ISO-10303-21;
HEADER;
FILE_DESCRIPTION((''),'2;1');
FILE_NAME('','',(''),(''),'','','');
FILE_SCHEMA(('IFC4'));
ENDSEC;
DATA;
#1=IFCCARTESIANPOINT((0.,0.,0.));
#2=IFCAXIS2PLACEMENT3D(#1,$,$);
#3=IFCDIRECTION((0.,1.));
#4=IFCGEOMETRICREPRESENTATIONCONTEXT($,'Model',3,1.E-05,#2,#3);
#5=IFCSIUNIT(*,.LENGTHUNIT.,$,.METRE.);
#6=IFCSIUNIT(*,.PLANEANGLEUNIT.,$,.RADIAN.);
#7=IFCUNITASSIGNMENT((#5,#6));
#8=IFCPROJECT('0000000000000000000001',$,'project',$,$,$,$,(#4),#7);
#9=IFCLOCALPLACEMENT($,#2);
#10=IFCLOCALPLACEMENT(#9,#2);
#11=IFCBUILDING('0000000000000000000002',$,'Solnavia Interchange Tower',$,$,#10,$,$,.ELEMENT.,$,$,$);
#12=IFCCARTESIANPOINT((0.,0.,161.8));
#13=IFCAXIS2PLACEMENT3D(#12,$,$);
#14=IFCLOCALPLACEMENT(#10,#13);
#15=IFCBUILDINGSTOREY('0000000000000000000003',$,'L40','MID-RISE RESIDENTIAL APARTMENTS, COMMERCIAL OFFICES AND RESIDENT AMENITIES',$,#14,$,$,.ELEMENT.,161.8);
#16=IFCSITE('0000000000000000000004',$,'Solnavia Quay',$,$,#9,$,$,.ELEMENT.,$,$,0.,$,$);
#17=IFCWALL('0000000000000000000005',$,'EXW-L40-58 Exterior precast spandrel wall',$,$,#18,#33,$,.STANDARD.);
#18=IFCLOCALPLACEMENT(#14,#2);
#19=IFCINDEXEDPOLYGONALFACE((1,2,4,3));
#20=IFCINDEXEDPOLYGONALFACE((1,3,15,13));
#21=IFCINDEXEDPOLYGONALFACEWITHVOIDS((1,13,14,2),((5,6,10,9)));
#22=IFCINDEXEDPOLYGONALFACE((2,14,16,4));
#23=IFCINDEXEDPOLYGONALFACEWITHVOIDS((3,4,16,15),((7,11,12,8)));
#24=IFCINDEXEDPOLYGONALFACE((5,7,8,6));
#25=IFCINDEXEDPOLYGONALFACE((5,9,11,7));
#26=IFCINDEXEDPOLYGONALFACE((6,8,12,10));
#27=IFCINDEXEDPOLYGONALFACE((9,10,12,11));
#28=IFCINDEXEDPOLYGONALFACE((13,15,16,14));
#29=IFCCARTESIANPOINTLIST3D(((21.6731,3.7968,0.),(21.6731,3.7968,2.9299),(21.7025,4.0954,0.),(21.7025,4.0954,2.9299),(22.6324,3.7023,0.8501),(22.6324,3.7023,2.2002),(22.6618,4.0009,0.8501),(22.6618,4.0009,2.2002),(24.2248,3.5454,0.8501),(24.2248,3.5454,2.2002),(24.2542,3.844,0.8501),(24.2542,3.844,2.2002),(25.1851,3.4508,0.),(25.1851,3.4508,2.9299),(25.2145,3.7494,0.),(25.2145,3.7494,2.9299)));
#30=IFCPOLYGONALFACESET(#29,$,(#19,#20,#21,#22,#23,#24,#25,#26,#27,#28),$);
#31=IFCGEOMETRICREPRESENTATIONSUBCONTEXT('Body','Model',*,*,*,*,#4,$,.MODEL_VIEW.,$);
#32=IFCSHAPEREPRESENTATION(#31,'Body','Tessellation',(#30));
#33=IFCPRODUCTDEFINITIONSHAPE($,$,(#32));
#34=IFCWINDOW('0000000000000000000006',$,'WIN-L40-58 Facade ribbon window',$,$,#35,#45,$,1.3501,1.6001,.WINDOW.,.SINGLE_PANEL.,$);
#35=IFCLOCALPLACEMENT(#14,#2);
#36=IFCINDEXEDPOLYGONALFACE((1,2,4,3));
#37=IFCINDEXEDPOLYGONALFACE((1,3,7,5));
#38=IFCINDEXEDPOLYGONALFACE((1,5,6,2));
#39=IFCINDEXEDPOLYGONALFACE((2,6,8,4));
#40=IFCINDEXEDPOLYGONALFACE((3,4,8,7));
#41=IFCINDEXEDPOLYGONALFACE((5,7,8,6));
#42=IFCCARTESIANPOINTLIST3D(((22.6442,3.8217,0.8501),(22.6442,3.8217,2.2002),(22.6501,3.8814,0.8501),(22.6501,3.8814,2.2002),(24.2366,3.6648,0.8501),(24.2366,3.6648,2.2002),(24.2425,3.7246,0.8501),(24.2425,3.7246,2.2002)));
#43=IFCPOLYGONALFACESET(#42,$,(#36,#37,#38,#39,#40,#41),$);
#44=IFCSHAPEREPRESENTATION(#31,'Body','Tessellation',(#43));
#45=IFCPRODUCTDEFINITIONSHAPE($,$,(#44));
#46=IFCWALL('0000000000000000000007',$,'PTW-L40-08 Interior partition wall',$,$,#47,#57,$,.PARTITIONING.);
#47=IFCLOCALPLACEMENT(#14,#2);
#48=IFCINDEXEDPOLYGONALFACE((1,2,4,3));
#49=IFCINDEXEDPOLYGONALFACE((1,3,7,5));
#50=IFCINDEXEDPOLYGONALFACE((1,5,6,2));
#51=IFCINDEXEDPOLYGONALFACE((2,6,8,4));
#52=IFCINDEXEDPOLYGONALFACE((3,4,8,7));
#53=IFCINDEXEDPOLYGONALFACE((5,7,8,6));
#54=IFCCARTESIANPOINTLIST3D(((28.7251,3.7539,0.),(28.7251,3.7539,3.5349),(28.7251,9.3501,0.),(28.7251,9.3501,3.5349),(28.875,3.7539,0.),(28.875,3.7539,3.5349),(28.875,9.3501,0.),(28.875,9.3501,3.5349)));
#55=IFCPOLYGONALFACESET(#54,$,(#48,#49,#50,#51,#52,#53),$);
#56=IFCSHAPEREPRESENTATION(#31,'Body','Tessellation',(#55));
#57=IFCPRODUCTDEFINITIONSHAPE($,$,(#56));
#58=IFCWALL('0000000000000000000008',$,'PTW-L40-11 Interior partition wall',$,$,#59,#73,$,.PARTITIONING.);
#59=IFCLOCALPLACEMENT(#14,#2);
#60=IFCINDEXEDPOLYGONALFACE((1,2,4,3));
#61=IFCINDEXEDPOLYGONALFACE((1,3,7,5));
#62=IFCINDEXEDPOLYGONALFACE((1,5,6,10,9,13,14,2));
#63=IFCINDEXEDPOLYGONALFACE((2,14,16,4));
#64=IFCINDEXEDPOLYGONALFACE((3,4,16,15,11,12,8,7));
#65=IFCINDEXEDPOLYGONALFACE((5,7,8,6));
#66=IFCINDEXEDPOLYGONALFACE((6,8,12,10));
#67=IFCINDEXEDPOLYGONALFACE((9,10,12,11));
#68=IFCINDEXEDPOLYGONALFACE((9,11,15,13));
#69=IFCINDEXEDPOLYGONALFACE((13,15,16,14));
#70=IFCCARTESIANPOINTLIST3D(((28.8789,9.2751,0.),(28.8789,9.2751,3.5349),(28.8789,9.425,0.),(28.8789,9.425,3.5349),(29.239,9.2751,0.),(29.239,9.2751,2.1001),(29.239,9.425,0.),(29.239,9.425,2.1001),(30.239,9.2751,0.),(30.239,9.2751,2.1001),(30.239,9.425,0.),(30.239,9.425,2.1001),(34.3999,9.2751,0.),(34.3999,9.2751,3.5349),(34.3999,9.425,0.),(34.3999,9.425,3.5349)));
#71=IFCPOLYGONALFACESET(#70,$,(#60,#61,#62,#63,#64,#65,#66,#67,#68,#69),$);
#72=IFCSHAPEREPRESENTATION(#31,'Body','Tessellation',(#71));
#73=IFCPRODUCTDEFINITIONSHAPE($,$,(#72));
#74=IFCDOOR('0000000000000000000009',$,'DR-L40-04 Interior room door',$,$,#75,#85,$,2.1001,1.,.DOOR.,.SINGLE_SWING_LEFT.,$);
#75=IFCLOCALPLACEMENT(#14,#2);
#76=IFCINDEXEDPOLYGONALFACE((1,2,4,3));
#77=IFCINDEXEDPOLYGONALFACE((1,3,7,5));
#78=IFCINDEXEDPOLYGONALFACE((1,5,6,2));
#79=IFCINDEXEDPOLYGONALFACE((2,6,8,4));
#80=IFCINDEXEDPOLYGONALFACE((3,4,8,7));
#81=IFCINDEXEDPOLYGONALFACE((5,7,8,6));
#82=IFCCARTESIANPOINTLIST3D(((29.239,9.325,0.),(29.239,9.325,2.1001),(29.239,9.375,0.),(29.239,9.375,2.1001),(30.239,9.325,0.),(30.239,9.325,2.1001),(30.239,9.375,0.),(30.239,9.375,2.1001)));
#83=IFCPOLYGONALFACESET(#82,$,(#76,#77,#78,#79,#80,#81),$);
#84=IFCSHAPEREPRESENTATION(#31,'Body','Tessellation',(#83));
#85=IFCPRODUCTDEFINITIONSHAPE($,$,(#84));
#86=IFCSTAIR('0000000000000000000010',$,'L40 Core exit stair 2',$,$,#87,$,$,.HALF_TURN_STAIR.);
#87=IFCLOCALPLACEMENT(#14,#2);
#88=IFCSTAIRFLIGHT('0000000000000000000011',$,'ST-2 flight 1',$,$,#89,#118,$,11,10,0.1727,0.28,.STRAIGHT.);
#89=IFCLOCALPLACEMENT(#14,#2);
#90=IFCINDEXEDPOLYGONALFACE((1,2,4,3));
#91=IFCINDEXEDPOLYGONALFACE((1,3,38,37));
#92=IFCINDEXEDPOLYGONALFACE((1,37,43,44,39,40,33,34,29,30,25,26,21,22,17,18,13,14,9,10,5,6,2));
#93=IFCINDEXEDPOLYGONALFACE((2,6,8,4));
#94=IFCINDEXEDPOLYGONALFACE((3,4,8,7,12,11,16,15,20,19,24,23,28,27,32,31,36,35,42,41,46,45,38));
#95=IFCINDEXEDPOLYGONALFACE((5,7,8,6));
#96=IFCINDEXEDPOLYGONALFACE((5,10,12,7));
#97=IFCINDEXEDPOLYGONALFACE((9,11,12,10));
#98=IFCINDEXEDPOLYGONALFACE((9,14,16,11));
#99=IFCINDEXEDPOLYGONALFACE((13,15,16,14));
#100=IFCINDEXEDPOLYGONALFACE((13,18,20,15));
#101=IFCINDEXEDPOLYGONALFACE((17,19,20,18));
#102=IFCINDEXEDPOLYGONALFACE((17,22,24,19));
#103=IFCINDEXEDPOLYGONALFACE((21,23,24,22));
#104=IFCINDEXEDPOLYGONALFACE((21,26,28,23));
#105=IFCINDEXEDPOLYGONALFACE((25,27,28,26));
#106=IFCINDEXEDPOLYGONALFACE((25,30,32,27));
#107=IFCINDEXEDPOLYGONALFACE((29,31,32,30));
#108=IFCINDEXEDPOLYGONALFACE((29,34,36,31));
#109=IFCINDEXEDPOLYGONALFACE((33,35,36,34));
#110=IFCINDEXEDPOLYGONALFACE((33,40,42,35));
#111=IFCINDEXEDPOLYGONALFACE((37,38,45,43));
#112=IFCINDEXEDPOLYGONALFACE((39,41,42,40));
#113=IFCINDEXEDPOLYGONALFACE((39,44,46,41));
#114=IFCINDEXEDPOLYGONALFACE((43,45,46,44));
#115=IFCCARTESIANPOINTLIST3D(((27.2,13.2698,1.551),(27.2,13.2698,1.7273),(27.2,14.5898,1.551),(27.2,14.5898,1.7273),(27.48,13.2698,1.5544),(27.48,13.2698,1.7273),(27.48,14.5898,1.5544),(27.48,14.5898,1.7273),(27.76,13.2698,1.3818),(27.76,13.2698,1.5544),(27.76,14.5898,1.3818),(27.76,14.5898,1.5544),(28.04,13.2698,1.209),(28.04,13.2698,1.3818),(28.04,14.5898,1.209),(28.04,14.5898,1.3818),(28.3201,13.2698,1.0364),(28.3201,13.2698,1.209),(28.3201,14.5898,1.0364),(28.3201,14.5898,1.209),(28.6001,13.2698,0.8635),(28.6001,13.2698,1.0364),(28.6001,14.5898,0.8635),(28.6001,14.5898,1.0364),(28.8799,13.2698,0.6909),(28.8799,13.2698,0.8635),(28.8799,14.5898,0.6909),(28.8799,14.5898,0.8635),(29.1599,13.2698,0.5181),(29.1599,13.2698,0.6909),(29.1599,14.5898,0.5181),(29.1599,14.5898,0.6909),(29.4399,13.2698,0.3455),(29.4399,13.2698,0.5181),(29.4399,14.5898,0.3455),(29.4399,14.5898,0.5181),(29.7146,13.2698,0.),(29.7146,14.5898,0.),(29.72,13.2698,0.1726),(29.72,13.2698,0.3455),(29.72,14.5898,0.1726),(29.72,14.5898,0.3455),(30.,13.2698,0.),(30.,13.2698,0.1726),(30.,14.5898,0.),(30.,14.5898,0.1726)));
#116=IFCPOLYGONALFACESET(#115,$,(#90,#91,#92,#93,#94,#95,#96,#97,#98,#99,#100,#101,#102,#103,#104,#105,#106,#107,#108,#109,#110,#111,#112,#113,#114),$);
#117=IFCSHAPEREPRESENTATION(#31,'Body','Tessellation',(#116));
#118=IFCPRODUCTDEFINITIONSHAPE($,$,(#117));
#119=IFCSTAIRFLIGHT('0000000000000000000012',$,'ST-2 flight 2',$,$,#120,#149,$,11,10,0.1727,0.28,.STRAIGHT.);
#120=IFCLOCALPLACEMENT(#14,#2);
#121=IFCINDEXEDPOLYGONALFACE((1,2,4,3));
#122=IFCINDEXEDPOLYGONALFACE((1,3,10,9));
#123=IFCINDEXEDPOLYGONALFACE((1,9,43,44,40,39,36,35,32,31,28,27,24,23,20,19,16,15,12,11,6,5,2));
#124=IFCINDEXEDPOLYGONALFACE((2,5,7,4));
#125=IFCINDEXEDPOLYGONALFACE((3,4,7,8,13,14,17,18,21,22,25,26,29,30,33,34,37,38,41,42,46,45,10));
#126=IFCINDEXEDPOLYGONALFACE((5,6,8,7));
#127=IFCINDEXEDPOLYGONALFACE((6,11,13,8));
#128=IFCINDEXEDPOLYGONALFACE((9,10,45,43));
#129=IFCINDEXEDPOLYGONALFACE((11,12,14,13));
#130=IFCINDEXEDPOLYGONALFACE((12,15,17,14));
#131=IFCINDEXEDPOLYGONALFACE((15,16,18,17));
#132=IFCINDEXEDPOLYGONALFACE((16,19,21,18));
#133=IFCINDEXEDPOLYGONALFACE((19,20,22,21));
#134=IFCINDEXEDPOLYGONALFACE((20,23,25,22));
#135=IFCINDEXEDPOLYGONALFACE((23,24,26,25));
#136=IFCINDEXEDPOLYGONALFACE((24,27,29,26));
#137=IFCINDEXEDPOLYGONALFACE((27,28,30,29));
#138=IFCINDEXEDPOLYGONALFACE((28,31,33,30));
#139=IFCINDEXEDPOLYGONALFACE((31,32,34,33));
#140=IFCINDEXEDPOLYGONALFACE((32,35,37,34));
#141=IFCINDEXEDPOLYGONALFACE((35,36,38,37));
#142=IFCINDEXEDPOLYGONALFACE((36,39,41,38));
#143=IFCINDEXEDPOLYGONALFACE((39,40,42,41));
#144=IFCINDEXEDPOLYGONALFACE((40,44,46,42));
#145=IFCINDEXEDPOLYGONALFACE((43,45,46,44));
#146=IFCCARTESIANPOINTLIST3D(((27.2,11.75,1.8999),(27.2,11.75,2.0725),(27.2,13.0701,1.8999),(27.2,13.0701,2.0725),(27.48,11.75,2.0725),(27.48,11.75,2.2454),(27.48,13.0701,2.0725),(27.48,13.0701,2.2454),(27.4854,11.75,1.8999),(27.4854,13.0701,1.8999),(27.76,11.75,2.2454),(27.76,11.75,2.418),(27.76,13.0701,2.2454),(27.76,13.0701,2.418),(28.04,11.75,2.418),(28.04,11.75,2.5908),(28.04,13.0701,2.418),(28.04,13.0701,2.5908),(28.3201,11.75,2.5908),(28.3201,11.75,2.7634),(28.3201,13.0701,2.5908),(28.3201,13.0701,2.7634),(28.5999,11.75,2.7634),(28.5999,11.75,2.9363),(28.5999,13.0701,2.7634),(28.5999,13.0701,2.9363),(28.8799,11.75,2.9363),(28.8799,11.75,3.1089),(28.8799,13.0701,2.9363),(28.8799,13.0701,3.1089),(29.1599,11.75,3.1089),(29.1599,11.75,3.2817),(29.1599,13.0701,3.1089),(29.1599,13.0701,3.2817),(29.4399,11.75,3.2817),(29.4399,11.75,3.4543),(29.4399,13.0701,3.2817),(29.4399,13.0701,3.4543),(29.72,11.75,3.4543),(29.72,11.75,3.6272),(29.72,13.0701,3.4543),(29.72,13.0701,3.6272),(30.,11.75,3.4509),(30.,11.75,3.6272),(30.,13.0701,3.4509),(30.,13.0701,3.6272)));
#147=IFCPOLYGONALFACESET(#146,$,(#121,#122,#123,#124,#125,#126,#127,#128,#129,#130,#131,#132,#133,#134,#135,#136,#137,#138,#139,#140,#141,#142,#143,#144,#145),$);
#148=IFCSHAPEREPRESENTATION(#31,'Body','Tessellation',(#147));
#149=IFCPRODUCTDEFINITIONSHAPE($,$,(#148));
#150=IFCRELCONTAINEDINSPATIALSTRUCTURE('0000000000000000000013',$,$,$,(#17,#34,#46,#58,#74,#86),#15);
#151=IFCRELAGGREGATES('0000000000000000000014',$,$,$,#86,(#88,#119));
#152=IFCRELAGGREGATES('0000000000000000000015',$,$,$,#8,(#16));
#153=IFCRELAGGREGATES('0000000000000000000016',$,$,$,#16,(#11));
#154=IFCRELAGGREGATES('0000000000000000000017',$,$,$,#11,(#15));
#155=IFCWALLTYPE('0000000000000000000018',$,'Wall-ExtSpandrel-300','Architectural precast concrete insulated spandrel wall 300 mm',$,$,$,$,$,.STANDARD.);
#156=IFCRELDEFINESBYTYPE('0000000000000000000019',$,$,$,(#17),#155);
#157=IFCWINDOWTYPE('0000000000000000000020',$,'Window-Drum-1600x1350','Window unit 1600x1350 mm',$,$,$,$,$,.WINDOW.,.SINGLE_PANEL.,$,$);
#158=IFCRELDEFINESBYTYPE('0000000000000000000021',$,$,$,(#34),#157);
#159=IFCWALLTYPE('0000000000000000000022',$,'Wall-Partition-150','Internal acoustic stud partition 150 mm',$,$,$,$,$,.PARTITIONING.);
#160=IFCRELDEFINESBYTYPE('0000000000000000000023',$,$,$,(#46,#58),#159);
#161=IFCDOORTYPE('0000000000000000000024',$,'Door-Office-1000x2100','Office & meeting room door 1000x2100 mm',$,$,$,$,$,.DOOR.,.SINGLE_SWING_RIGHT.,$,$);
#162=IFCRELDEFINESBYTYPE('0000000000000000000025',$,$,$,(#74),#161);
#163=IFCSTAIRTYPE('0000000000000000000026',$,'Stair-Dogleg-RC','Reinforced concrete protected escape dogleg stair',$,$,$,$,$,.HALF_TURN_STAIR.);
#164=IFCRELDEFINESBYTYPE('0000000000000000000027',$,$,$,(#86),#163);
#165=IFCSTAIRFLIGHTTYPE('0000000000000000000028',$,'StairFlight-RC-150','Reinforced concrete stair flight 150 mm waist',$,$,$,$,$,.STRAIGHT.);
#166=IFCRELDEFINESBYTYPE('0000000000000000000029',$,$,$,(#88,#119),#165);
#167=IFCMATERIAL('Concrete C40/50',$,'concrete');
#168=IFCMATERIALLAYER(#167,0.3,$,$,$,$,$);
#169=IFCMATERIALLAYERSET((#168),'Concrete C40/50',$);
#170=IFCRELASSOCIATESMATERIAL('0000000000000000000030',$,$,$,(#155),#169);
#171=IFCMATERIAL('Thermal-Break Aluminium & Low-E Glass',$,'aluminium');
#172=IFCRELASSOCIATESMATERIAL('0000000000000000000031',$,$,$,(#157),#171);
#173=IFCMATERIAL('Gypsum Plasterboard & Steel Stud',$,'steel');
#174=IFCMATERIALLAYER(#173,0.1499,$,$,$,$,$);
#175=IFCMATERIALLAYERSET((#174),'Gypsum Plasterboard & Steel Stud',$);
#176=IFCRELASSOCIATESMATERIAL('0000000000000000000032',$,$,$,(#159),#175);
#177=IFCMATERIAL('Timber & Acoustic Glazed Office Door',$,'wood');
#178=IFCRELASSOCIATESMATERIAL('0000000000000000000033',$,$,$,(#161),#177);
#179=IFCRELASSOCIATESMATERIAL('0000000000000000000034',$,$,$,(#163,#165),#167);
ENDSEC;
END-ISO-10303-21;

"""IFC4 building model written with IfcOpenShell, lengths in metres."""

from ifc_helpers import new_model, si_unit, direction, frame, frame_2d, origin, place, context, subcontext, project, spatial, polyline, rectangle, outline, extrude, material, layer, layer_set, type_object, element, fill, aggregate, save


model = new_model("IFC4")

# Units and contexts
model_context = context("Model", 3, precision=1e-05, world=origin(), true_north=direction((0.0, 1.0)))
body_context = subcontext(model_context, "Body", "Model", "MODEL_VIEW")
ifc_project = project(units=[si_unit("LENGTHUNIT", "METRE"), si_unit("PLANEANGLEUNIT", "RADIAN")], contexts=[model_context])

# Site, building, storey
site_placement = place(None, origin())
site = spatial("IfcSite", under=ifc_project, at=site_placement, Name="Solnavia Quay", CompositionType="ELEMENT", RefElevation=0.0)
building_placement = place(site_placement, origin())
building = spatial("IfcBuilding", under=site, at=building_placement, Name="Solnavia Interchange Tower", CompositionType="ELEMENT")
storey_placement = place(building_placement, frame((0.0, 0.0, 161.8)))
storey = spatial("IfcBuildingStorey", under=building, at=storey_placement, Name="L40", Description="MID-RISE RESIDENTIAL APARTMENTS, COMMERCIAL OFFICES AND RESIDENT AMENITIES", CompositionType="ELEMENT", Elevation=161.8)

# Wall, opening, window
ifc_material_1 = material(Name="Concrete C40/50", Category="concrete")
ifc_layer_1 = layer(ifc_material_1, 0.3)
ifc_layer_set_1 = layer_set([ifc_layer_1], Name="Concrete C40/50")
wall_type_1 = type_object("IfcWallType", Name="Wall-ExtSpandrel-300", Description="Architectural precast concrete insulated spandrel wall 300 mm", PredefinedType="STANDARD", material=ifc_layer_set_1)
ifc_material_2 = material(Name="Thermal-Break Aluminium & Low-E Glass", Category="aluminium")
wall_1_placement = place(storey_placement, frame((25.2, 3.6001, 0.0), z_axis=(0.0, 0.0, 1.0), x_axis=(-0.995183, 0.098031, 0.0)))
wall_1 = element("IfcWall", 1, at=wall_1_placement, inside=storey, type_object=wall_type_1, Name="EXW-L40-58 Exterior precast spandrel wall", PredefinedType="STANDARD", context=body_context, shape_type="SweptSolid", body=[
    extrude(rectangle(XDim=3.5291, YDim=0.3, at=frame_2d((1.7646, 0.0))), origin(), (0.0, 0.0, 1.0), 2.9299),
])
opening_1_placement = place(wall_1_placement, frame((0.9651, 0.0, 0.8501)))
opening_1 = element("IfcOpeningElement", 2, at=opening_1_placement, cuts=wall_1, PredefinedType="OPENING", context=body_context, shape_type="SweptSolid", body=[
    extrude(rectangle(XDim=1.6001, YDim=1.3501, at=frame_2d((0.8, 0.675))), frame((0.0, 0.1602, 0.0), z_axis=(0.0, -1.0, 0.0), x_axis=(1.0, 0.0, 0.0)), (0.0, 0.0, 1.0), 0.3201),
])
window_type_1 = type_object("IfcWindowType", Name="Window-Drum-1600x1350", Description="Window unit 1600x1350 mm", PartitioningType="SINGLE_PANEL", PredefinedType="WINDOW", material=ifc_material_2)
window_1_placement = place(opening_1_placement, origin())
window_1 = element("IfcWindow", 3, at=window_1_placement, inside=storey, type_object=window_type_1, Name="WIN-L40-58 Facade ribbon window", OverallHeight=1.3501, OverallWidth=1.6001, PartitioningType="SINGLE_PANEL", PredefinedType="WINDOW", context=body_context, shape_type="SweptSolid", body=[
    extrude(rectangle(XDim=1.6001, YDim=1.3501, at=frame_2d((0.8, 0.675))), frame((0.0, 0.03, 0.0), z_axis=(0.0, -1.0, 0.0), x_axis=(1.0, 0.0, 0.0)), (0.0, 0.0, 1.0), 0.0601),
])
fill(opening_1, window_1)

# Wall
ifc_material_3 = material(Name="Gypsum Plasterboard & Steel Stud", Category="steel")
ifc_layer_2 = layer(ifc_material_3, 0.1499)
ifc_layer_set_2 = layer_set([ifc_layer_2], Name="Gypsum Plasterboard & Steel Stud")
wall_type_2 = type_object("IfcWallType", Name="Wall-Partition-150", Description="Internal acoustic stud partition 150 mm", PredefinedType="PARTITIONING", material=ifc_layer_set_2)
wall_2_placement = place(storey_placement, frame((28.8, 9.3501, 0.0), z_axis=(0.0, 0.0, 1.0), x_axis=(0.0, -1.0, 0.0)))
element("IfcWall", 4, at=wall_2_placement, inside=storey, type_object=wall_type_2, Name="PTW-L40-08 Interior partition wall", PredefinedType="PARTITIONING", context=body_context, shape_type="SweptSolid", body=[
    extrude(rectangle(XDim=5.5962, YDim=0.1499, at=frame_2d((2.7981, 0.0))), origin(), (0.0, 0.0, 1.0), 3.5349),
])

# Wall, opening, door
wall_3_placement = place(storey_placement, frame((28.8789, 9.3501, 0.0), z_axis=(0.0, 0.0, 1.0), x_axis=(1.0, 0.0, 0.0)))
wall_3 = element("IfcWall", 5, at=wall_3_placement, inside=storey, type_object=wall_type_2, Name="PTW-L40-11 Interior partition wall", PredefinedType="PARTITIONING", context=body_context, shape_type="SweptSolid", body=[
    extrude(rectangle(XDim=5.521, YDim=0.1499, at=frame_2d((2.7605, 0.0))), origin(), (0.0, 0.0, 1.0), 3.5349),
])
opening_2_placement = place(wall_3_placement, frame((0.3601, 0.0, 0.0)))
opening_2 = element("IfcOpeningElement", 6, at=opening_2_placement, cuts=wall_3, PredefinedType="OPENING", context=body_context, shape_type="SweptSolid", body=[
    extrude(rectangle(XDim=1.0, YDim=2.1001, at=frame_2d((0.5, 1.05))), frame((0.0, 0.085, 0.0), z_axis=(0.0, -1.0, 0.0), x_axis=(1.0, 0.0, 0.0)), (0.0, 0.0, 1.0), 0.1699),
])
ifc_material_4 = material(Name="Timber & Acoustic Glazed Office Door", Category="wood")
door_type = type_object("IfcDoorType", Name="Door-Office-1000x2100", Description="Office & meeting room door 1000x2100 mm", OperationType="SINGLE_SWING_RIGHT", PredefinedType="DOOR", material=ifc_material_4)
door_placement = place(opening_2_placement, origin())
door = element("IfcDoor", 7, at=door_placement, inside=storey, type_object=door_type, Name="DR-L40-04 Interior room door", OperationType="SINGLE_SWING_LEFT", OverallHeight=2.1001, OverallWidth=1.0, PredefinedType="DOOR", context=body_context, shape_type="SweptSolid", body=[
    extrude(rectangle(XDim=1.0, YDim=2.1001, at=frame_2d((0.5, 1.05))), frame((0.0, 0.0249, 0.0), z_axis=(0.0, -1.0, 0.0), x_axis=(1.0, 0.0, 0.0)), (0.0, 0.0, 1.0), 0.05),
])
fill(opening_2, door)

# Stair, stair flights
stair_type = type_object("IfcStairType", Name="Stair-Dogleg-RC", Description="Reinforced concrete protected escape dogleg stair", PredefinedType="HALF_TURN_STAIR", material=ifc_material_1)
stair_placement = place(storey_placement, origin())
stair = element("IfcStair", 8, at=stair_placement, inside=storey, type_object=stair_type, Name="L40 Core exit stair 2", PredefinedType="HALF_TURN_STAIR")
stair_flight_type = type_object("IfcStairFlightType", Name="StairFlight-RC-150", Description="Reinforced concrete stair flight 150 mm waist", PredefinedType="STRAIGHT", material=ifc_material_1)
stair_flight_1_placement = place(storey_placement, frame((30.0, 13.9299, 0.0), z_axis=(0.0, 0.0, 1.0), x_axis=(-1.0, 0.0, 0.0)))
stair_flight_1 = element("IfcStairFlight", 9, at=stair_flight_1_placement, type_object=stair_flight_type, Name="ST-2 flight 1", NumberOfRisers=11, NumberOfTreads=10, PredefinedType="STRAIGHT", RiserHeight=0.1727, TreadLength=0.28, context=body_context, shape_type="SweptSolid", body=[
    extrude(outline(polyline([(0.0, 0.0), (0.0, 0.1726), (0.28, 0.1726), (0.28, 0.3455), (0.5601, 0.3455), (0.5601, 0.5181), (0.8401, 0.5181), (0.8401, 0.6909), (1.1201, 0.6909), (1.1201, 0.8635), (1.3999, 0.8635), (1.3999, 1.0364), (1.6799, 1.0364), (1.6799, 1.209), (1.96, 1.209), (1.96, 1.3818), (2.24, 1.3818), (2.24, 1.5544), (2.52, 1.5544), (2.52, 1.7273), (2.8, 1.7273), (2.8, 1.8999), (2.8, 1.551), (0.2854, 0.0), (0.0, 0.0)])), frame((0.0, 0.6602, 0.0), z_axis=(0.0, -1.0, 0.0), x_axis=(1.0, 0.0, 0.0)), (0.0, 0.0, 1.0), 1.3201),
])
stair_flight_2_placement = place(storey_placement, frame((27.2, 12.4099, 1.8999), z_axis=(0.0, 0.0, 1.0), x_axis=(1.0, 0.0, 0.0)))
stair_flight_2 = element("IfcStairFlight", 10, at=stair_flight_2_placement, type_object=stair_flight_type, Name="ST-2 flight 2", NumberOfRisers=11, NumberOfTreads=10, PredefinedType="STRAIGHT", RiserHeight=0.1727, TreadLength=0.28, context=body_context, shape_type="SweptSolid", body=[
    extrude(outline(polyline([(0.0, 0.0), (0.0, 0.1726), (0.28, 0.1726), (0.28, 0.3455), (0.5601, 0.3455), (0.5601, 0.5181), (0.8401, 0.5181), (0.8401, 0.6909), (1.1201, 0.6909), (1.1201, 0.8635), (1.3999, 0.8635), (1.3999, 1.0364), (1.6799, 1.0364), (1.6799, 1.209), (1.96, 1.209), (1.96, 1.3818), (2.24, 1.3818), (2.24, 1.5544), (2.52, 1.5544), (2.52, 1.7273), (2.8, 1.7273), (2.8, 1.8999), (2.8, 1.551), (0.2854, 0.0), (0.0, 0.0)])), frame((0.0, 0.6602, 0.0), z_axis=(0.0, -1.0, 0.0), x_axis=(1.0, 0.0, 0.0)), (0.0, 0.0, 1.0), 1.3201),
])
aggregate(stair, [stair_flight_1, stair_flight_2])

save(model, "model.ifc")
